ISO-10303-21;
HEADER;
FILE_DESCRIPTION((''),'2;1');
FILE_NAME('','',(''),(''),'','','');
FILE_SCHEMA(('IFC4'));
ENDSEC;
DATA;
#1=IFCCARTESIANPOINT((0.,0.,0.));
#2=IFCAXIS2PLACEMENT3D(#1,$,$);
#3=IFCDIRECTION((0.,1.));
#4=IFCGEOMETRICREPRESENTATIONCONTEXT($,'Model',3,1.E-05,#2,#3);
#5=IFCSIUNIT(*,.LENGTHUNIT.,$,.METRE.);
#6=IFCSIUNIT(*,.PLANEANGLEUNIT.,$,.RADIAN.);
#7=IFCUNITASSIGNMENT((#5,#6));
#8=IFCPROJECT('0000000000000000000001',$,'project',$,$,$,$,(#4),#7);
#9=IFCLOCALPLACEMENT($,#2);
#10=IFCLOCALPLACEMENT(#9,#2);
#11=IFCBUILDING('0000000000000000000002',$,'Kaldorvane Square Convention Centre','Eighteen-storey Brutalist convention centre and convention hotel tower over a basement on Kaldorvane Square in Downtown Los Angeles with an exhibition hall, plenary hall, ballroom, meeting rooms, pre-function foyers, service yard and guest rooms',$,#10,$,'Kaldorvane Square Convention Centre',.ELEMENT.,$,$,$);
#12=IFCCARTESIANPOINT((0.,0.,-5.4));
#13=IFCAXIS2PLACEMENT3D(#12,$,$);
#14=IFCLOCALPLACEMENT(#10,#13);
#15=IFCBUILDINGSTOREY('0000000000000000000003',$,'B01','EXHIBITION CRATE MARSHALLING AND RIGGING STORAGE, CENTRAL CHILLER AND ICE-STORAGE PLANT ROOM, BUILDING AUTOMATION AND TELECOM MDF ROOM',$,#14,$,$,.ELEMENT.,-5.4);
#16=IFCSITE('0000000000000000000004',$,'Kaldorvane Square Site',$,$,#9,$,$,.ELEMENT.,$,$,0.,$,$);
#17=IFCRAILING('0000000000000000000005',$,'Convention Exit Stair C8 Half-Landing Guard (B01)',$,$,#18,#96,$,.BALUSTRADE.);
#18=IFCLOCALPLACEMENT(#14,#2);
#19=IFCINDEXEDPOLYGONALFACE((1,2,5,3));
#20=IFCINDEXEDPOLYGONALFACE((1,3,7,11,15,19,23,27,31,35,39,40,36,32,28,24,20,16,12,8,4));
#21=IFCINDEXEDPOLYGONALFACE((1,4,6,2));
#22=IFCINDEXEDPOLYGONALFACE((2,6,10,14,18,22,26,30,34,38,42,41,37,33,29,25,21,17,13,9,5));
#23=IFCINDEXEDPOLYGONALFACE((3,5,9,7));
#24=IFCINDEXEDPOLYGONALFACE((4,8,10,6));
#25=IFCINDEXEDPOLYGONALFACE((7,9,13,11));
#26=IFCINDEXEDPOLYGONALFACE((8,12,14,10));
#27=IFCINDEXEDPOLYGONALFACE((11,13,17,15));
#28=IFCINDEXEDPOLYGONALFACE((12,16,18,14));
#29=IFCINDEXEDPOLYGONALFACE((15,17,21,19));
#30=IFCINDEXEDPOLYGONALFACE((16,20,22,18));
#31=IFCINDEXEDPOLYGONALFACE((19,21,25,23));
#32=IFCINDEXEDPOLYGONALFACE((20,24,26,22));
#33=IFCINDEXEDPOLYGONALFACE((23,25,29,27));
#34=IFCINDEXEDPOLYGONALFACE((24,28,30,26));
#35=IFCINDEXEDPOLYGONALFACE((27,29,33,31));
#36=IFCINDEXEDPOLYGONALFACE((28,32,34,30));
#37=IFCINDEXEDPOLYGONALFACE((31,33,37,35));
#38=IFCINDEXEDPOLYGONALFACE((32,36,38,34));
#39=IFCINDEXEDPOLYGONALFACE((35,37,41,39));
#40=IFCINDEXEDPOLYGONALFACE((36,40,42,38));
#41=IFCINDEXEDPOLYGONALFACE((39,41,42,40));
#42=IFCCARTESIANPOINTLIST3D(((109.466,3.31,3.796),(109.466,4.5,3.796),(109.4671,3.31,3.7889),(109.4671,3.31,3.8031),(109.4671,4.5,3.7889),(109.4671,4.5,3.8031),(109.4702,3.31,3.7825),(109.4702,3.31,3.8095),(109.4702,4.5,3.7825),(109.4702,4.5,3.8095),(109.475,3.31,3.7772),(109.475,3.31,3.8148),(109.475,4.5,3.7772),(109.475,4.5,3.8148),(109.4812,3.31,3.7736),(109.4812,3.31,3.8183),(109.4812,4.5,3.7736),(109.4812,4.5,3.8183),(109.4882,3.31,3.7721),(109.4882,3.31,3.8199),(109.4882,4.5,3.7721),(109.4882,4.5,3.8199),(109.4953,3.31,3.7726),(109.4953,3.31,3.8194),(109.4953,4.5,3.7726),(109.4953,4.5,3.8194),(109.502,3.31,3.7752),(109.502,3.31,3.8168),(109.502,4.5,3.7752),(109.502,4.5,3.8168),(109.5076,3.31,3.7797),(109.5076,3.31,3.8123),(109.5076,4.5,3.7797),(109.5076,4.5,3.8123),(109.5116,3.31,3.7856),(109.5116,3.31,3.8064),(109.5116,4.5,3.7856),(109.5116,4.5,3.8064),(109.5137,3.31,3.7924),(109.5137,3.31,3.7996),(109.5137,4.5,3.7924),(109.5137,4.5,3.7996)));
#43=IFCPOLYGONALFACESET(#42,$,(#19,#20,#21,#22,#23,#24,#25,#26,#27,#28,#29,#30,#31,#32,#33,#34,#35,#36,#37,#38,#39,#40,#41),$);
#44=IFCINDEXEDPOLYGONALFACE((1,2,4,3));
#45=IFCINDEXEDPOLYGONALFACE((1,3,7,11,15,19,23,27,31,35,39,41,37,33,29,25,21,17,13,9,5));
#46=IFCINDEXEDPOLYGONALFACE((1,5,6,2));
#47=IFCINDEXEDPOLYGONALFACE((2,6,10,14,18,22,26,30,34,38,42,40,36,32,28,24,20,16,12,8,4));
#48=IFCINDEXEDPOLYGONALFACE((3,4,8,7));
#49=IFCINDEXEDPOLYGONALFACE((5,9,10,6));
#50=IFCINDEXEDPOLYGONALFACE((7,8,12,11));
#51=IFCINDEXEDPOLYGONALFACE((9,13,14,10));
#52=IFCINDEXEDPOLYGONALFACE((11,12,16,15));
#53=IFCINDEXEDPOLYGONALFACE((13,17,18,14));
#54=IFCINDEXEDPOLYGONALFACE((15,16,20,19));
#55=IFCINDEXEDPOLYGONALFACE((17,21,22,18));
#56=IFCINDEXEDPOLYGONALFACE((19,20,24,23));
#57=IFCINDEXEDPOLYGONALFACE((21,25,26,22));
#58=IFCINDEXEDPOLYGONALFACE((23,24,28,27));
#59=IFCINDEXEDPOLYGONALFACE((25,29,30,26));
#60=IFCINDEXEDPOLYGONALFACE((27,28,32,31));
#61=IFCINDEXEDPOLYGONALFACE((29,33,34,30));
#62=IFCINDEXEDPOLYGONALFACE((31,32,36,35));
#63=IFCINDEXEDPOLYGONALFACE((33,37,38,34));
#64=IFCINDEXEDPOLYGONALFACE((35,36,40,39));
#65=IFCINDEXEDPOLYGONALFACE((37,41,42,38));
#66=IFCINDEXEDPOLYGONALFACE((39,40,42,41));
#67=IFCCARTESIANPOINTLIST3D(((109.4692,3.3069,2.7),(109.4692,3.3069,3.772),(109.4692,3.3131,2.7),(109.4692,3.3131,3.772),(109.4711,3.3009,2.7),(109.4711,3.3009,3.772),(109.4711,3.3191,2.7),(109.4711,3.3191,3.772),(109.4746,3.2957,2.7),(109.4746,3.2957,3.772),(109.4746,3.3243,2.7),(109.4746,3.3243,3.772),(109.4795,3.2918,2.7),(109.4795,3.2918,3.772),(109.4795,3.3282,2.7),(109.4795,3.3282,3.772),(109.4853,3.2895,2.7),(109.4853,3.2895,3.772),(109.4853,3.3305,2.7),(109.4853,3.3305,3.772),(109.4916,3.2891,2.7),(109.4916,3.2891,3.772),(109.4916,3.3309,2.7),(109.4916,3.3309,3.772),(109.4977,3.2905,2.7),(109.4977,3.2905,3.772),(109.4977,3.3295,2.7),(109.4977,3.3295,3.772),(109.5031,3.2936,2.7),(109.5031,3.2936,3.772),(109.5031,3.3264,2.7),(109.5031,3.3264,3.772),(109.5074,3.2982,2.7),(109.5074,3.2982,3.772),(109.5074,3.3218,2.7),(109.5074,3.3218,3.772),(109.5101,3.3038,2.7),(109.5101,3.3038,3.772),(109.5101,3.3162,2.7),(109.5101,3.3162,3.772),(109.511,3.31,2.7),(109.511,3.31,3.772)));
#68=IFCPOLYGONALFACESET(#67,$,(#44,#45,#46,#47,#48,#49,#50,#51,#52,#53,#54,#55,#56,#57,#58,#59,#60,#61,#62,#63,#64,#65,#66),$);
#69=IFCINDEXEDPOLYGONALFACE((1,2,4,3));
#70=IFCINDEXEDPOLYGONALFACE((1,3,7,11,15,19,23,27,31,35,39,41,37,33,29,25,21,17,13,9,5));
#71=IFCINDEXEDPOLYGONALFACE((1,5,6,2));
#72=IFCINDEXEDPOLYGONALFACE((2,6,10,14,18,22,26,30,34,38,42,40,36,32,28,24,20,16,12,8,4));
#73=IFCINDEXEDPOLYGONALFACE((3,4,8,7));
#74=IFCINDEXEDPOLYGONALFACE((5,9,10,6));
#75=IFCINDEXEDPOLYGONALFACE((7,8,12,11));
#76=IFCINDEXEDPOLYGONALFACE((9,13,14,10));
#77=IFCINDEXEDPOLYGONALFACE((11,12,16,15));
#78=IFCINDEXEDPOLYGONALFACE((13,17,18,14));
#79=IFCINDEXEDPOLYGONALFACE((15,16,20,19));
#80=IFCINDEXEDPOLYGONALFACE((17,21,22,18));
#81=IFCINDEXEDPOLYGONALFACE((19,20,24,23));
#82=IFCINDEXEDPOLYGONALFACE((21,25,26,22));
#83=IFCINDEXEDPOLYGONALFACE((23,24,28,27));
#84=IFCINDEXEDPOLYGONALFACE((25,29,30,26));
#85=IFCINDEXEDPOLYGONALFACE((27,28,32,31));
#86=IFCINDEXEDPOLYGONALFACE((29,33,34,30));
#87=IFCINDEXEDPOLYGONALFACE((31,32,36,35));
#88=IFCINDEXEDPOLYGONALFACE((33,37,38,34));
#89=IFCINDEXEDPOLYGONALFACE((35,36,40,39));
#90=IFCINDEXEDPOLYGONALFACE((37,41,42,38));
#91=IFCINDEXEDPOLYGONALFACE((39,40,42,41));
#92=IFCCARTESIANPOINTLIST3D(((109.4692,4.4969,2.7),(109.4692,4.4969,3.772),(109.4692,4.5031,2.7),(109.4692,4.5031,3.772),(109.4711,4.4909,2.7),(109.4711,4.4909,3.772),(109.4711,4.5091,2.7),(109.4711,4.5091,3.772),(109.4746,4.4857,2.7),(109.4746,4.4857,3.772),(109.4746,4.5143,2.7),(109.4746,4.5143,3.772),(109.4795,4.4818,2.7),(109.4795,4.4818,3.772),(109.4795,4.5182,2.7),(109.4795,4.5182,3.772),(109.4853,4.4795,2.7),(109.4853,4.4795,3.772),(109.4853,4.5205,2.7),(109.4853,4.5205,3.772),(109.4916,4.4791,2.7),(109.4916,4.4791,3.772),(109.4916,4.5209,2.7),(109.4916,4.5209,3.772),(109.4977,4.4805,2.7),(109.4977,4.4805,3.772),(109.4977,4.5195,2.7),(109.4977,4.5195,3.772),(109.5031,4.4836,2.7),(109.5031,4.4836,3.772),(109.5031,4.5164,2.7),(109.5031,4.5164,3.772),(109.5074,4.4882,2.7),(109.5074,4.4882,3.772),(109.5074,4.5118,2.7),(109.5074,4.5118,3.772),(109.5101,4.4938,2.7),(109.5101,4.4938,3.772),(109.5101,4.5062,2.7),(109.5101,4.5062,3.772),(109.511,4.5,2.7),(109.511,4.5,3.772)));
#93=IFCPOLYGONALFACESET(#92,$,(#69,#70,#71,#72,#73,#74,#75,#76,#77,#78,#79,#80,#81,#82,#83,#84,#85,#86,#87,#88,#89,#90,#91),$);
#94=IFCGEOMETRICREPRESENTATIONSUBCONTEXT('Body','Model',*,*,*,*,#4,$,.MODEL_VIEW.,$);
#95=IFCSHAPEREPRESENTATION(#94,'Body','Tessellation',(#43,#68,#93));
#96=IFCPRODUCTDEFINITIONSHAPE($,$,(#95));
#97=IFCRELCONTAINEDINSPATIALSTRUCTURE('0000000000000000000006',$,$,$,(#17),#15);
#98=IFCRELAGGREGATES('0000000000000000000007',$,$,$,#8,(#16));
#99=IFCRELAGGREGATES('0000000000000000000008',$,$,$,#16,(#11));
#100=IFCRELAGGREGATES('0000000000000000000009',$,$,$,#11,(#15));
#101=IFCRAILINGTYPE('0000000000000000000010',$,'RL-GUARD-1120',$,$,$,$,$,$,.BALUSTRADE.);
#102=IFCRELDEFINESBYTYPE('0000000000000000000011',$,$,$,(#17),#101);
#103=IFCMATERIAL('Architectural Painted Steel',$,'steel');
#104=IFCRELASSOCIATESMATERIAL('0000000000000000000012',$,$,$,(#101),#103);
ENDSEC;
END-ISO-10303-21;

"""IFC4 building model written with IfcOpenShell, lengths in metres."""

from ifc_helpers import new_model, si_unit, direction, frame, origin, origin_2d, place, context, subcontext, project, spatial, circle, extrude, material, type_object, element, save


model = new_model("IFC4")

# Units and contexts
model_context = context("Model", 3, precision=1e-05, world=origin(), true_north=direction((0.0, 1.0)))
body_context = subcontext(model_context, "Body", "Model", "MODEL_VIEW")
ifc_project = project(units=[si_unit("LENGTHUNIT", "METRE"), si_unit("PLANEANGLEUNIT", "RADIAN")], contexts=[model_context])

# Site, building, storey
site_placement = place(None, origin())
site = spatial("IfcSite", under=ifc_project, at=site_placement, Name="Kaldorvane Square Site", CompositionType="ELEMENT", RefElevation=0.0)
building_placement = place(site_placement, origin())
building = spatial("IfcBuilding", under=site, at=building_placement, Name="Kaldorvane Square Convention Centre", Description="Eighteen-storey Brutalist convention centre and convention hotel tower over a basement on Kaldorvane Square in Downtown Los Angeles with an exhibition hall, plenary hall, ballroom, meeting rooms, pre-function foyers, service yard and guest rooms", LongName="Kaldorvane Square Convention Centre", CompositionType="ELEMENT")
storey_placement = place(building_placement, frame((0.0, 0.0, -5.4)))
storey = spatial("IfcBuildingStorey", under=building, at=storey_placement, Name="B01", Description="EXHIBITION CRATE MARSHALLING AND RIGGING STORAGE, CENTRAL CHILLER AND ICE-STORAGE PLANT ROOM, BUILDING AUTOMATION AND TELECOM MDF ROOM", CompositionType="ELEMENT", Elevation=-5.4)

# Railing
ifc_material_1 = material(Name="Architectural Painted Steel", Category="steel")
railing_type_1 = type_object("IfcRailingType", Name="RL-GUARD-1120", PredefinedType="BALUSTRADE", material=ifc_material_1)
railing_1_placement = place(storey_placement, frame((109.49, 3.31, 2.7)))
element("IfcRailing", 1, at=railing_1_placement, inside=storey, type_object=railing_type_1, Name="Convention Exit Stair C8 Half-Landing Guard (B01)", PredefinedType="BALUSTRADE", context=body_context, shape_type="SweptSolid", body=[
    extrude(circle(Radius=0.024, at=origin_2d()), frame((0.0, 0.0, 1.096), z_axis=(0.0, 1.0, 0.0), x_axis=(-1.0, 0.0, 0.0)), (0.0, 0.0, 1.0), 1.19),
    extrude(circle(Radius=0.021, at=origin_2d()), origin(), (0.0, 0.0, 1.0), 1.072),
    extrude(circle(Radius=0.021, at=origin_2d()), frame((0.0, 1.19, 0.0)), (0.0, 0.0, 1.0), 1.072),
])

save(model, "model.ifc")
